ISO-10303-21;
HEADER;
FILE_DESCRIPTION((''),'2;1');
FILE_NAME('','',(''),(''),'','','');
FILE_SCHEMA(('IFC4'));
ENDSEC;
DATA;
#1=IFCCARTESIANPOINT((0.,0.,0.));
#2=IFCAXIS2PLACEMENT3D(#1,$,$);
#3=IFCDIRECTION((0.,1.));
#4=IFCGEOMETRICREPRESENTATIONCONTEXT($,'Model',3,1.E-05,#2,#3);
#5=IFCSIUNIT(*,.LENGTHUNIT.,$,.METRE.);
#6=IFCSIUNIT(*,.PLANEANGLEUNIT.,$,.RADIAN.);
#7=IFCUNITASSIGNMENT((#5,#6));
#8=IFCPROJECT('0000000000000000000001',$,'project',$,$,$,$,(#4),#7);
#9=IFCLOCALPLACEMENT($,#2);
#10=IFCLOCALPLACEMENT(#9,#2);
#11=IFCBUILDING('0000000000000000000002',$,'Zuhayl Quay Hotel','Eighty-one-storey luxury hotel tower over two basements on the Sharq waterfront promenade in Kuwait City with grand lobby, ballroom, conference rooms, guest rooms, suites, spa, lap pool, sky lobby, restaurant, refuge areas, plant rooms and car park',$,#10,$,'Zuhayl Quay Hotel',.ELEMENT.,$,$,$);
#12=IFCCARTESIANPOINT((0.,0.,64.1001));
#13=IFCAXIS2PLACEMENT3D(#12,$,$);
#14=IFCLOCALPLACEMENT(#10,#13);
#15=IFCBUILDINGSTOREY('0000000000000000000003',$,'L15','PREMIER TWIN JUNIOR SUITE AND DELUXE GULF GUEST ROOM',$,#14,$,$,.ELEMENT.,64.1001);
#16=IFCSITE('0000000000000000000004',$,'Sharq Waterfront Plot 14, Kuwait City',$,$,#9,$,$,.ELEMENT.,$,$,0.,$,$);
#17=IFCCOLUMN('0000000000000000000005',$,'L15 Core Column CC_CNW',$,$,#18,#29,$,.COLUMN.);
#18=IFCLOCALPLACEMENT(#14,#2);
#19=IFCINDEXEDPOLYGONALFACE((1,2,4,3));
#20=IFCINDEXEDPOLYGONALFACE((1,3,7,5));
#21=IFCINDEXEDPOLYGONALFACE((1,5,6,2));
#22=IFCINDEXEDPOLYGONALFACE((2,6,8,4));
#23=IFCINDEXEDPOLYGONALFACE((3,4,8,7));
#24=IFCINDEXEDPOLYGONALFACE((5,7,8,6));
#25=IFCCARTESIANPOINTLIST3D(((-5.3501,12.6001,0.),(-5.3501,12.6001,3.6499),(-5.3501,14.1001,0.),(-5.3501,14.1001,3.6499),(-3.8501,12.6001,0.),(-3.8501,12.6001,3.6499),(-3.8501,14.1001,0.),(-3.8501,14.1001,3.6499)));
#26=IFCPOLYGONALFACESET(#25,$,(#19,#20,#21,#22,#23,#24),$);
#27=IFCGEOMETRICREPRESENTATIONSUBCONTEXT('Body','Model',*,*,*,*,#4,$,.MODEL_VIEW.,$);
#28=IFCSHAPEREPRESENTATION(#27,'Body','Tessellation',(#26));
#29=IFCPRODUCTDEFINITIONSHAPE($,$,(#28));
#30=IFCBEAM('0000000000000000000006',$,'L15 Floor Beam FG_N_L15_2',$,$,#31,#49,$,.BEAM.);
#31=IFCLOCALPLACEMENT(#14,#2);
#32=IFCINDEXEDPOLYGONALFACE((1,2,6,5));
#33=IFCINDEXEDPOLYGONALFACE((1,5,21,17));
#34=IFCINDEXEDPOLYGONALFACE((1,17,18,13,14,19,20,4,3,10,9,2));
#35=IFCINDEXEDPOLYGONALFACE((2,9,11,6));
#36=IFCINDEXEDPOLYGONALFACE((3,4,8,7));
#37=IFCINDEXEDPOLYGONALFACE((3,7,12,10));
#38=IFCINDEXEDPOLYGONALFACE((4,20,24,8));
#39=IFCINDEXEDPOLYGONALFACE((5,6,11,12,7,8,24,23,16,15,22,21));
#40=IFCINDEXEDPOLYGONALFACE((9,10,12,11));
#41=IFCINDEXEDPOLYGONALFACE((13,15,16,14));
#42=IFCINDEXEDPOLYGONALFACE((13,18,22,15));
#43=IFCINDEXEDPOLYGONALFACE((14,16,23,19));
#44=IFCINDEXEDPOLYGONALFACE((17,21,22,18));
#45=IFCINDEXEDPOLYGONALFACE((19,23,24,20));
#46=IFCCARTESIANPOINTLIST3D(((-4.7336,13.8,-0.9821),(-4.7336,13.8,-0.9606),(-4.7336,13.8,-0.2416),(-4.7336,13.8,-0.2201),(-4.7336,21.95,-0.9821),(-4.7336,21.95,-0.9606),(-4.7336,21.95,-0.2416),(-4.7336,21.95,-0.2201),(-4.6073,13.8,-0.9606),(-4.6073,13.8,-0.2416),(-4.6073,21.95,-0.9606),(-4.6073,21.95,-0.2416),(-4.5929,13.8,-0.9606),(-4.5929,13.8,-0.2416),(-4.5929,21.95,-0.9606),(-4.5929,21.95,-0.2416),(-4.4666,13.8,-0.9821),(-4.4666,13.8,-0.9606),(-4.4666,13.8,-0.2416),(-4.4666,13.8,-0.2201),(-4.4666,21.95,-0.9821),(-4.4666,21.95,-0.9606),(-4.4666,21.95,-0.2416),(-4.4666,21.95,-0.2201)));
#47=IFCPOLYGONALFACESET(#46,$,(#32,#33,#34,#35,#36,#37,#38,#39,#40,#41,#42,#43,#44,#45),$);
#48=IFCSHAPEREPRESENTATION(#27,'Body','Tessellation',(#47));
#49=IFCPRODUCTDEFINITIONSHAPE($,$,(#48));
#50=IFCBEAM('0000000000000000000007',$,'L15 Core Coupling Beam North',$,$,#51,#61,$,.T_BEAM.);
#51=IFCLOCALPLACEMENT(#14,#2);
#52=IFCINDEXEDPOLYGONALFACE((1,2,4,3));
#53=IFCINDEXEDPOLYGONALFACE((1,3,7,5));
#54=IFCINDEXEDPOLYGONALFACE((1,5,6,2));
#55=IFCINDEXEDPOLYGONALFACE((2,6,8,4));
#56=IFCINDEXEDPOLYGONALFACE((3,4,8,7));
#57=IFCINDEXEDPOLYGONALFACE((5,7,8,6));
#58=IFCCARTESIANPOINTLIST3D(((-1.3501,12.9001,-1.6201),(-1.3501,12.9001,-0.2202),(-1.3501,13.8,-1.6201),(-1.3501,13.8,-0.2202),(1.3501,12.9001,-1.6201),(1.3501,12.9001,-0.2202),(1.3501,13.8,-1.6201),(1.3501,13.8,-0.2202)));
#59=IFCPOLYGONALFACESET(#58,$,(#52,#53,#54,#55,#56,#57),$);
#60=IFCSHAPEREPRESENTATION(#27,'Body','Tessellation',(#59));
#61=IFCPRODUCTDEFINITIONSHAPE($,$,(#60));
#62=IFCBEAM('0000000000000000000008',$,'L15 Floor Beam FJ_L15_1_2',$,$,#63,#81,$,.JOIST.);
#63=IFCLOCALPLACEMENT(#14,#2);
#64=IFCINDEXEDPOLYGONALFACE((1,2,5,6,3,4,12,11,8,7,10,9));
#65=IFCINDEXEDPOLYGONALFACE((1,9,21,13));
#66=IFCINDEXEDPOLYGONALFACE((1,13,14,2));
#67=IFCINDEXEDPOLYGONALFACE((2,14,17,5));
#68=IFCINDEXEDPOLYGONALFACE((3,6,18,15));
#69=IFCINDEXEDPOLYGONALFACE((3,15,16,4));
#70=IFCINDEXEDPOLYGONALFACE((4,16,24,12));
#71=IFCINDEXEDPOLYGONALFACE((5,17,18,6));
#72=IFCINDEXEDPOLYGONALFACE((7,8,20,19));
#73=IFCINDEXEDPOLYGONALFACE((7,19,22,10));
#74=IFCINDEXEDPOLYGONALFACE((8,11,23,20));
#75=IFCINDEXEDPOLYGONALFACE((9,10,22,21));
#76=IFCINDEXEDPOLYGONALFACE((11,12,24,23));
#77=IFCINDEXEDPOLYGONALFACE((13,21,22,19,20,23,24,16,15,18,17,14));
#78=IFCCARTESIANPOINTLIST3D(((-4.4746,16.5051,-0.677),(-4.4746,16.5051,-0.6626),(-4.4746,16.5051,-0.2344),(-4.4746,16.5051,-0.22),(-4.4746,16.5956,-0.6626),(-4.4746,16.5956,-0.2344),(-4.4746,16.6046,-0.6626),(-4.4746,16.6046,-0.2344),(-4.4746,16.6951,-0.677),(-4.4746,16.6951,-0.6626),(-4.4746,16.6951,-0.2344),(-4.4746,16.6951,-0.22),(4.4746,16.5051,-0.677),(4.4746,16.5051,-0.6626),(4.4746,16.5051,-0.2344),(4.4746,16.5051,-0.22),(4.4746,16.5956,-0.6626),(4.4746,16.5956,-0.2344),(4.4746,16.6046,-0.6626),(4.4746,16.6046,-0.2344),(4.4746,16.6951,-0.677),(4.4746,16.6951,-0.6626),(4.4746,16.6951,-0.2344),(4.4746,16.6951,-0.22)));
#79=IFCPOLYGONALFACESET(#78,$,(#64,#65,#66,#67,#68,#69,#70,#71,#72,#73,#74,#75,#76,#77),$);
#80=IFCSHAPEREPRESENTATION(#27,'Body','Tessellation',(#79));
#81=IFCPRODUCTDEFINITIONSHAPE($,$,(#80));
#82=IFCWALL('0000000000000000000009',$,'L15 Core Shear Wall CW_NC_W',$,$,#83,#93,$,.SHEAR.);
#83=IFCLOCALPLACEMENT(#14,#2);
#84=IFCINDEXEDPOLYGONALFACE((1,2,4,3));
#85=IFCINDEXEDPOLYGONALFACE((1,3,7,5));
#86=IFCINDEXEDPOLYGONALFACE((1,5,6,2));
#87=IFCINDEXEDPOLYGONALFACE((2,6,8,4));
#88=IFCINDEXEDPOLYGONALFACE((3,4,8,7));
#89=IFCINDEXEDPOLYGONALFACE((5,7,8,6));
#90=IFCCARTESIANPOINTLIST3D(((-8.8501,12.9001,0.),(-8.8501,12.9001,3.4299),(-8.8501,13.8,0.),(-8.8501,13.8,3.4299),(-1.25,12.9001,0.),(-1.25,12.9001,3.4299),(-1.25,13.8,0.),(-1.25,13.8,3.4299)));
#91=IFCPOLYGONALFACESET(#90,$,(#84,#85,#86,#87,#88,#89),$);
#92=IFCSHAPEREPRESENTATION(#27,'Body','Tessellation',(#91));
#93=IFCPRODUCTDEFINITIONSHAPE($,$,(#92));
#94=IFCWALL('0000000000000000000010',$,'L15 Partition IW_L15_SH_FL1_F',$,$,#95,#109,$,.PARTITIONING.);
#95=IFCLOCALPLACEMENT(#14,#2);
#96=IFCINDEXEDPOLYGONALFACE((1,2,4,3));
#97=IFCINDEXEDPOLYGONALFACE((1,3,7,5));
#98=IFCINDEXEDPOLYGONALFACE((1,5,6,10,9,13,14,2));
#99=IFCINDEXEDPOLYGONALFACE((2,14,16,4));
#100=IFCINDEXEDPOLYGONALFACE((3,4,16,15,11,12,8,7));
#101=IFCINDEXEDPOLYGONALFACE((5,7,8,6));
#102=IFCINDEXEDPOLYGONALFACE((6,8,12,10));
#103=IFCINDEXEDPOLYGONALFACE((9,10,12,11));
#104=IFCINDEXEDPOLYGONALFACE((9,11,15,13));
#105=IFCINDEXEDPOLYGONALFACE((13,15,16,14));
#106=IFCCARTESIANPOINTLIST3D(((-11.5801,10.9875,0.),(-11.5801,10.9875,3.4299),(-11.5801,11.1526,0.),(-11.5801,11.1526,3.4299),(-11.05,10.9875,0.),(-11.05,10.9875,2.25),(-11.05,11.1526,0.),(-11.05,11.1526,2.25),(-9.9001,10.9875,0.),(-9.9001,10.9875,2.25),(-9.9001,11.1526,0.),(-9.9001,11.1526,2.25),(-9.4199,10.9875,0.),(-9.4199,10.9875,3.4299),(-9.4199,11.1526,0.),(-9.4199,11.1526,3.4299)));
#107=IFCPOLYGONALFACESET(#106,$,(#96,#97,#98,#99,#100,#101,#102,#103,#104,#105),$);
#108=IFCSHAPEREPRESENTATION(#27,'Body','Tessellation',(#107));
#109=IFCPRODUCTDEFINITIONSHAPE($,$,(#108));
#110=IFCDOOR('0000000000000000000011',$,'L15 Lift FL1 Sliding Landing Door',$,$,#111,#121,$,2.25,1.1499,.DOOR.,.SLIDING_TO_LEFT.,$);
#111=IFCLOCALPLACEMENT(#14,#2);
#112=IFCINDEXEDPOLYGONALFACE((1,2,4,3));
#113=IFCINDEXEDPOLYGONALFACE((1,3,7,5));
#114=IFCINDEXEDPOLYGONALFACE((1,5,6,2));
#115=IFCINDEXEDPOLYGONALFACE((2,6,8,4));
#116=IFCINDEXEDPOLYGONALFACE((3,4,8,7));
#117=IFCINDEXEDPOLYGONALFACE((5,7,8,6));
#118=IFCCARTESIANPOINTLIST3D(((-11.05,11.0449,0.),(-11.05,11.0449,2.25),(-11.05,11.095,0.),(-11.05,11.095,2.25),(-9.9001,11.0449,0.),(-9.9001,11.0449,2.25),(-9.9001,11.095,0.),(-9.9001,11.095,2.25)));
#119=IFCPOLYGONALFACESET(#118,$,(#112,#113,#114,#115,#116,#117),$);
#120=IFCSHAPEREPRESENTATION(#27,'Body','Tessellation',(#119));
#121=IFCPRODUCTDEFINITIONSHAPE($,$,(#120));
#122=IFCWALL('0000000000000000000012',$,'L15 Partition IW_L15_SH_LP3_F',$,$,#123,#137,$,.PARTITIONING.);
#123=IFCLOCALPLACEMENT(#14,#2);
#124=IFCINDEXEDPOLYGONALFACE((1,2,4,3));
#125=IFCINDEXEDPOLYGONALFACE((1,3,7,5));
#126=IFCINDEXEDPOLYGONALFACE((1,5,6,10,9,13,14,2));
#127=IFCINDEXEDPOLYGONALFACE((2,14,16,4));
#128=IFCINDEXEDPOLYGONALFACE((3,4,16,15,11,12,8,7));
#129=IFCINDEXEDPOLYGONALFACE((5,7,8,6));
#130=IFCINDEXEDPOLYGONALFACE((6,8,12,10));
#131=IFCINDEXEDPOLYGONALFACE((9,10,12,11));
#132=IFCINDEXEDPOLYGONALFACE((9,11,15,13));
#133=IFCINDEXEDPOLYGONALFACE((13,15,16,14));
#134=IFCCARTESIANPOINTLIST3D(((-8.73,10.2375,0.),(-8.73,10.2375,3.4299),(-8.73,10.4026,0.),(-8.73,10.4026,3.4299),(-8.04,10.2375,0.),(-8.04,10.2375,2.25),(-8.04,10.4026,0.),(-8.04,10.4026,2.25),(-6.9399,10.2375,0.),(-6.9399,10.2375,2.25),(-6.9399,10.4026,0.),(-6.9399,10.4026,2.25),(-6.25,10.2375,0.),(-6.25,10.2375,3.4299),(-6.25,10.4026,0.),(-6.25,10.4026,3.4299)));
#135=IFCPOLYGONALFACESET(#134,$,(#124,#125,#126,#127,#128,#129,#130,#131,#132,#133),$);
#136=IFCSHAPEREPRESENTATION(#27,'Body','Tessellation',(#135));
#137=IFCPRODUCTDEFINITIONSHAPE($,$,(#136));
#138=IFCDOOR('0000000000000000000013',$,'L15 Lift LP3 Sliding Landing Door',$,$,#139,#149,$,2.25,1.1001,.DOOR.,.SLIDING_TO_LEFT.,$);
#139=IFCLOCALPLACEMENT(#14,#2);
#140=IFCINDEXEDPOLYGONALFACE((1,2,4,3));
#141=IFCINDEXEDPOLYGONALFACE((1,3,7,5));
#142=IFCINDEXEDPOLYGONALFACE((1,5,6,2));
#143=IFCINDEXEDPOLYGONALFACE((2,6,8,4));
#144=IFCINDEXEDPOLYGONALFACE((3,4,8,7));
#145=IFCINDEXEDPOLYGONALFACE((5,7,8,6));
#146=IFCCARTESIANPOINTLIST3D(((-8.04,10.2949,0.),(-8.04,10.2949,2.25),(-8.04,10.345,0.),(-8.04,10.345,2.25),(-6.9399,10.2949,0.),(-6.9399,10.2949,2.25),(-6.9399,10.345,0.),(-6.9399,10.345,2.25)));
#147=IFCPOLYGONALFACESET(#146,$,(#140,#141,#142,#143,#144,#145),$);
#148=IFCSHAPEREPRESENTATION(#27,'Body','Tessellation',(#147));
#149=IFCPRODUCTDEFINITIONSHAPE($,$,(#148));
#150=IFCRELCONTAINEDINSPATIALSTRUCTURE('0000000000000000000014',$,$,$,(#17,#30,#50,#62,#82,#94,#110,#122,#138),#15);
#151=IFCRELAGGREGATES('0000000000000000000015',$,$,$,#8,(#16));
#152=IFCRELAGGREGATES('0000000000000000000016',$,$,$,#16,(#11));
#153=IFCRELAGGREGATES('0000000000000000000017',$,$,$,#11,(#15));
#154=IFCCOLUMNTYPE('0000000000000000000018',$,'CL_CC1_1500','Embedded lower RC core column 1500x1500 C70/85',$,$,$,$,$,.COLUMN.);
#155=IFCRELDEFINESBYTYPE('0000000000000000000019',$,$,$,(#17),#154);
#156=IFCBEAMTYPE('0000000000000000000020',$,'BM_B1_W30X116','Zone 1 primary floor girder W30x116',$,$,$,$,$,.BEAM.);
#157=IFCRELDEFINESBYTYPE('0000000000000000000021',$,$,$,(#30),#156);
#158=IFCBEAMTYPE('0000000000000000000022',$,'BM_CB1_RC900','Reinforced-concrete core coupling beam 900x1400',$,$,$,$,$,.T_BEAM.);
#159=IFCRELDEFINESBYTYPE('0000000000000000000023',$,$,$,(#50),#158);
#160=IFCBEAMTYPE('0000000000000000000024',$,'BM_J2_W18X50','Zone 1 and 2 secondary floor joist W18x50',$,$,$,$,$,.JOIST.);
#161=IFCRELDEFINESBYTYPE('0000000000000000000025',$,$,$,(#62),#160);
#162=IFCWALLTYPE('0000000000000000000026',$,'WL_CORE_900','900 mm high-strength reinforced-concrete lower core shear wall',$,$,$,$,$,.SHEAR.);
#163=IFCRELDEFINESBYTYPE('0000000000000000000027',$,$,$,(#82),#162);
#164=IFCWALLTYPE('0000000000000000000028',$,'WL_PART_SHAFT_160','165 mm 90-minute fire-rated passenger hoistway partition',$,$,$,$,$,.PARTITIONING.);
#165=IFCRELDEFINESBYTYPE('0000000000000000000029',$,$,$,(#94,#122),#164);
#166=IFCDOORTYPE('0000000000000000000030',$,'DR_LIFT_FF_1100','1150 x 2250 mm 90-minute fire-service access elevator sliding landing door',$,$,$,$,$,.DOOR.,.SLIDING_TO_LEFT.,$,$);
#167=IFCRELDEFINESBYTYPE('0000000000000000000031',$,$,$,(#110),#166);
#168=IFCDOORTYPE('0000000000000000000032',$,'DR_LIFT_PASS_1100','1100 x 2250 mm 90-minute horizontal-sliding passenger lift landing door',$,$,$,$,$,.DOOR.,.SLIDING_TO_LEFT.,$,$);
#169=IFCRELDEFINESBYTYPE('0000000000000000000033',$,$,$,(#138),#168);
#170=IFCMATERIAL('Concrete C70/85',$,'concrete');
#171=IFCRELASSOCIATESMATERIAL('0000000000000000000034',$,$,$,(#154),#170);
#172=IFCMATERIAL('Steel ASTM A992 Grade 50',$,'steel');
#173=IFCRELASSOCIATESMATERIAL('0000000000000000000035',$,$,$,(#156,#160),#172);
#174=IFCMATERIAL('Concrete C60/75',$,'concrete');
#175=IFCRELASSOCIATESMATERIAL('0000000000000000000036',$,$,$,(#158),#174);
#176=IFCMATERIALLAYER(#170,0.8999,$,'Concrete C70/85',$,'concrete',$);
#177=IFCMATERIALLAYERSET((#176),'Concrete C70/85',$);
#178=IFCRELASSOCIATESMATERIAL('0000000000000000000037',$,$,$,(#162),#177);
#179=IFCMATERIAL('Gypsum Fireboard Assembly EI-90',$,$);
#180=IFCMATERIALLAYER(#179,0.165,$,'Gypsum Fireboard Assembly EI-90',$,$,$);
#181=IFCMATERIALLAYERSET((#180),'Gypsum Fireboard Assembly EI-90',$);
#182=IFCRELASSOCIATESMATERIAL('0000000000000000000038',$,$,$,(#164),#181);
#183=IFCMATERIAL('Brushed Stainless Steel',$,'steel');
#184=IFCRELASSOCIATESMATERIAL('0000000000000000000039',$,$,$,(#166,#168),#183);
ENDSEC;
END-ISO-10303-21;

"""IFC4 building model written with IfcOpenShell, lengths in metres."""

from ifc_helpers import new_model, si_unit, direction, frame, frame_2d, origin, origin_2d, place, context, subcontext, project, spatial, rectangle, i_section, extrude, material, layer, layer_set, material_profile, profile_set, type_object, element, fill, save


model = new_model("IFC4")

# Units and contexts
model_context = context("Model", 3, precision=1e-05, world=origin(), true_north=direction((0.0, 1.0)))
body_context = subcontext(model_context, "Body", "Model", "MODEL_VIEW")
ifc_project = project(units=[si_unit("LENGTHUNIT", "METRE"), si_unit("PLANEANGLEUNIT", "RADIAN")], contexts=[model_context])

# Site, building, storey
site_placement = place(None, origin())
site = spatial("IfcSite", under=ifc_project, at=site_placement, Name="Sharq Waterfront Plot 14, Kuwait City", CompositionType="ELEMENT", RefElevation=0.0)
building_placement = place(site_placement, origin())
building = spatial("IfcBuilding", under=site, at=building_placement, Name="Zuhayl Quay Hotel", Description="Eighty-one-storey luxury hotel tower over two basements on the Sharq waterfront promenade in Kuwait City with grand lobby, ballroom, conference rooms, guest rooms, suites, spa, lap pool, sky lobby, restaurant, refuge areas, plant rooms and car park", LongName="Zuhayl Quay Hotel", CompositionType="ELEMENT")
storey_placement = place(building_placement, frame((0.0, 0.0, 64.1001)))
storey = spatial("IfcBuildingStorey", under=building, at=storey_placement, Name="L15", Description="PREMIER TWIN JUNIOR SUITE AND DELUXE GULF GUEST ROOM", CompositionType="ELEMENT", Elevation=64.1001)

# Column
ifc_material_1 = material(Name="Concrete C70/85", Category="concrete")
ifc_material_profile_1 = material_profile(ifc_material_1, rectangle(XDim=1.5, YDim=1.5, at=origin_2d()), Name="RC1500X1500")
ifc_profile_set_1 = profile_set([ifc_material_profile_1], Name="Concrete C70/85")
column_type = type_object("IfcColumnType", Name="CL_CC1_1500", Description="Embedded lower RC core column 1500x1500 C70/85", PredefinedType="COLUMN", material=ifc_profile_set_1)
column_placement = place(storey_placement, frame((-4.6001, 13.3501, 0.0), z_axis=(0.0, 0.0, 1.0), x_axis=(1.0, 0.0, 0.0)))
element("IfcColumn", 1, at=column_placement, inside=storey, type_object=column_type, Name="L15 Core Column CC_CNW", PredefinedType="COLUMN", context=body_context, shape_type="SweptSolid", body=[
    extrude(rectangle(XDim=1.5, YDim=1.5, at=origin_2d()), origin(), (0.0, 0.0, 1.0), 3.6499),
])

# Beams
ifc_material_2 = material(Name="Steel ASTM A992 Grade 50", Category="steel")
ifc_material_profile_2 = material_profile(ifc_material_2, i_section(OverallWidth=0.2671, OverallDepth=0.762, WebThickness=0.0144, FlangeThickness=0.0215, at=origin_2d()), Name="W30X116")
ifc_profile_set_2 = profile_set([ifc_material_profile_2], Name="Steel ASTM A992 Grade 50")
beam_type_1 = type_object("IfcBeamType", Name="BM_B1_W30X116", Description="Zone 1 primary floor girder W30x116", PredefinedType="BEAM", material=ifc_profile_set_2)
beam_1_placement = place(storey_placement, frame((-4.6001, 13.8, -0.6011), z_axis=(0.0, 1.0, 0.0), x_axis=(-1.0, 0.0, 0.0)))
element("IfcBeam", 2, at=beam_1_placement, inside=storey, type_object=beam_type_1, Name="L15 Floor Beam FG_N_L15_2", PredefinedType="BEAM", context=body_context, shape_type="SweptSolid", body=[
    extrude(i_section(OverallWidth=0.2671, OverallDepth=0.762, WebThickness=0.0144, FlangeThickness=0.0215, at=origin_2d()), origin(), (0.0, 0.0, 1.0), 8.1499),
])
ifc_material_3 = material(Name="Concrete C60/75", Category="concrete")
ifc_material_profile_3 = material_profile(ifc_material_3, rectangle(XDim=0.8999, YDim=1.3999, at=origin_2d()), Name="RC900X1400")
ifc_profile_set_3 = profile_set([ifc_material_profile_3], Name="Concrete C60/75")
beam_type_2 = type_object("IfcBeamType", Name="BM_CB1_RC900", Description="Reinforced-concrete core coupling beam 900x1400", PredefinedType="T_BEAM", material=ifc_profile_set_3)
beam_2_placement = place(storey_placement, frame((-1.3501, 13.3501, -0.9202), z_axis=(1.0, 0.0, 0.0), x_axis=(0.0, 1.0, 0.0)))
element("IfcBeam", 3, at=beam_2_placement, inside=storey, type_object=beam_type_2, Name="L15 Core Coupling Beam North", PredefinedType="T_BEAM", context=body_context, shape_type="SweptSolid", body=[
    extrude(rectangle(XDim=0.8999, YDim=1.3999, at=origin_2d()), origin(), (0.0, 0.0, 1.0), 2.7002),
])
ifc_material_profile_4 = material_profile(ifc_material_2, i_section(OverallWidth=0.1899, OverallDepth=0.457, WebThickness=0.009, FlangeThickness=0.0144, at=origin_2d()), Name="W18X50")
ifc_profile_set_4 = profile_set([ifc_material_profile_4], Name="Steel ASTM A992 Grade 50")
beam_type_3 = type_object("IfcBeamType", Name="BM_J2_W18X50", Description="Zone 1 and 2 secondary floor joist W18x50", PredefinedType="JOIST", material=ifc_profile_set_4)
beam_3_placement = place(storey_placement, frame((-4.4746, 16.6001, -0.4485), z_axis=(1.0, 0.0, 0.0), x_axis=(0.0, 1.0, 0.0)))
element("IfcBeam", 4, at=beam_3_placement, inside=storey, type_object=beam_type_3, Name="L15 Floor Beam FJ_L15_1_2", PredefinedType="JOIST", context=body_context, shape_type="SweptSolid", body=[
    extrude(i_section(OverallWidth=0.1899, OverallDepth=0.457, WebThickness=0.009, FlangeThickness=0.0144, at=origin_2d()), origin(), (0.0, 0.0, 1.0), 8.9492),
])

# Wall
ifc_layer_1 = layer(ifc_material_1, 0.8999, Name="Concrete C70/85", Category="concrete")
ifc_layer_set_1 = layer_set([ifc_layer_1], Name="Concrete C70/85")
wall_type_1 = type_object("IfcWallType", Name="WL_CORE_900", Description="900 mm high-strength reinforced-concrete lower core shear wall", PredefinedType="SHEAR", material=ifc_layer_set_1)
wall_1_placement = place(storey_placement, frame((-8.8501, 13.3501, 0.0), z_axis=(0.0, 0.0, 1.0), x_axis=(1.0, 0.0, 0.0)))
element("IfcWall", 5, at=wall_1_placement, inside=storey, type_object=wall_type_1, Name="L15 Core Shear Wall CW_NC_W", PredefinedType="SHEAR", context=body_context, shape_type="SweptSolid", body=[
    extrude(rectangle(XDim=7.6001, YDim=0.8999, at=frame_2d((3.8, 0.0))), origin(), (0.0, 0.0, 1.0), 3.4299),
])

# Walls, openings, doors
ifc_material_4 = material(Name="Gypsum Fireboard Assembly EI-90")
ifc_layer_2 = layer(ifc_material_4, 0.165, Name="Gypsum Fireboard Assembly EI-90")
ifc_layer_set_2 = layer_set([ifc_layer_2], Name="Gypsum Fireboard Assembly EI-90")
wall_type_2 = type_object("IfcWallType", Name="WL_PART_SHAFT_160", Description="165 mm 90-minute fire-rated passenger hoistway partition", PredefinedType="PARTITIONING", material=ifc_layer_set_2)
wall_2_placement = place(storey_placement, frame((-11.5801, 11.0701, 0.0), z_axis=(0.0, 0.0, 1.0), x_axis=(1.0, 0.0, 0.0)))
wall_2 = element("IfcWall", 6, at=wall_2_placement, inside=storey, type_object=wall_type_2, Name="L15 Partition IW_L15_SH_FL1_F", PredefinedType="PARTITIONING", context=body_context, shape_type="SweptSolid", body=[
    extrude(rectangle(XDim=2.1602, YDim=0.165, at=frame_2d((1.0801, 0.0))), origin(), (0.0, 0.0, 1.0), 3.4299),
])
opening_1_placement = place(wall_2_placement, frame((0.53, 0.0, 0.0)))
opening_1 = element("IfcOpeningElement", 7, at=opening_1_placement, cuts=wall_2, PredefinedType="OPENING", context=body_context, shape_type="SweptSolid", body=[
    extrude(rectangle(XDim=1.1499, YDim=2.25, at=frame_2d((0.575, 1.125))), frame((0.0, 0.0925, 0.0), z_axis=(0.0, -1.0, 0.0), x_axis=(1.0, 0.0, 0.0)), (0.0, 0.0, 1.0), 0.1851),
])
ifc_material_5 = material(Name="Brushed Stainless Steel", Category="steel")
door_type_1 = type_object("IfcDoorType", Name="DR_LIFT_FF_1100", Description="1150 x 2250 mm 90-minute fire-service access elevator sliding landing door", OperationType="SLIDING_TO_LEFT", PredefinedType="DOOR", material=ifc_material_5)
door_1_placement = place(opening_1_placement, origin())
door_1 = element("IfcDoor", 8, at=door_1_placement, inside=storey, type_object=door_type_1, Name="L15 Lift FL1 Sliding Landing Door", OperationType="SLIDING_TO_LEFT", OverallHeight=2.25, OverallWidth=1.1499, PredefinedType="DOOR", context=body_context, shape_type="SweptSolid", body=[
    extrude(rectangle(XDim=1.1499, YDim=2.25, at=frame_2d((0.575, 1.125))), frame((0.0, 0.0249, 0.0), z_axis=(0.0, -1.0, 0.0), x_axis=(1.0, 0.0, 0.0)), (0.0, 0.0, 1.0), 0.05),
])
fill(opening_1, door_1)
wall_3_placement = place(storey_placement, frame((-8.73, 10.3201, 0.0), z_axis=(0.0, 0.0, 1.0), x_axis=(1.0, 0.0, 0.0)))
wall_3 = element("IfcWall", 9, at=wall_3_placement, inside=storey, type_object=wall_type_2, Name="L15 Partition IW_L15_SH_LP3_F", PredefinedType="PARTITIONING", context=body_context, shape_type="SweptSolid", body=[
    extrude(rectangle(XDim=2.48, YDim=0.165, at=frame_2d((1.24, 0.0))), origin(), (0.0, 0.0, 1.0), 3.4299),
])
opening_2_placement = place(wall_3_placement, frame((0.6899, 0.0, 0.0)))
opening_2 = element("IfcOpeningElement", 10, at=opening_2_placement, cuts=wall_3, PredefinedType="OPENING", context=body_context, shape_type="SweptSolid", body=[
    extrude(rectangle(XDim=1.1001, YDim=2.25, at=frame_2d((0.55, 1.125))), frame((0.0, 0.0925, 0.0), z_axis=(0.0, -1.0, 0.0), x_axis=(1.0, 0.0, 0.0)), (0.0, 0.0, 1.0), 0.1851),
])
door_type_2 = type_object("IfcDoorType", Name="DR_LIFT_PASS_1100", Description="1100 x 2250 mm 90-minute horizontal-sliding passenger lift landing door", OperationType="SLIDING_TO_LEFT", PredefinedType="DOOR", material=ifc_material_5)
door_2_placement = place(opening_2_placement, origin())
door_2 = element("IfcDoor", 11, at=door_2_placement, inside=storey, type_object=door_type_2, Name="L15 Lift LP3 Sliding Landing Door", OperationType="SLIDING_TO_LEFT", OverallHeight=2.25, OverallWidth=1.1001, PredefinedType="DOOR", context=body_context, shape_type="SweptSolid", body=[
    extrude(rectangle(XDim=1.1001, YDim=2.25, at=frame_2d((0.55, 1.125))), frame((0.0, 0.0249, 0.0), z_axis=(0.0, -1.0, 0.0), x_axis=(1.0, 0.0, 0.0)), (0.0, 0.0, 1.0), 0.05),
])
fill(opening_2, door_2)

save(model, "model.ifc")
